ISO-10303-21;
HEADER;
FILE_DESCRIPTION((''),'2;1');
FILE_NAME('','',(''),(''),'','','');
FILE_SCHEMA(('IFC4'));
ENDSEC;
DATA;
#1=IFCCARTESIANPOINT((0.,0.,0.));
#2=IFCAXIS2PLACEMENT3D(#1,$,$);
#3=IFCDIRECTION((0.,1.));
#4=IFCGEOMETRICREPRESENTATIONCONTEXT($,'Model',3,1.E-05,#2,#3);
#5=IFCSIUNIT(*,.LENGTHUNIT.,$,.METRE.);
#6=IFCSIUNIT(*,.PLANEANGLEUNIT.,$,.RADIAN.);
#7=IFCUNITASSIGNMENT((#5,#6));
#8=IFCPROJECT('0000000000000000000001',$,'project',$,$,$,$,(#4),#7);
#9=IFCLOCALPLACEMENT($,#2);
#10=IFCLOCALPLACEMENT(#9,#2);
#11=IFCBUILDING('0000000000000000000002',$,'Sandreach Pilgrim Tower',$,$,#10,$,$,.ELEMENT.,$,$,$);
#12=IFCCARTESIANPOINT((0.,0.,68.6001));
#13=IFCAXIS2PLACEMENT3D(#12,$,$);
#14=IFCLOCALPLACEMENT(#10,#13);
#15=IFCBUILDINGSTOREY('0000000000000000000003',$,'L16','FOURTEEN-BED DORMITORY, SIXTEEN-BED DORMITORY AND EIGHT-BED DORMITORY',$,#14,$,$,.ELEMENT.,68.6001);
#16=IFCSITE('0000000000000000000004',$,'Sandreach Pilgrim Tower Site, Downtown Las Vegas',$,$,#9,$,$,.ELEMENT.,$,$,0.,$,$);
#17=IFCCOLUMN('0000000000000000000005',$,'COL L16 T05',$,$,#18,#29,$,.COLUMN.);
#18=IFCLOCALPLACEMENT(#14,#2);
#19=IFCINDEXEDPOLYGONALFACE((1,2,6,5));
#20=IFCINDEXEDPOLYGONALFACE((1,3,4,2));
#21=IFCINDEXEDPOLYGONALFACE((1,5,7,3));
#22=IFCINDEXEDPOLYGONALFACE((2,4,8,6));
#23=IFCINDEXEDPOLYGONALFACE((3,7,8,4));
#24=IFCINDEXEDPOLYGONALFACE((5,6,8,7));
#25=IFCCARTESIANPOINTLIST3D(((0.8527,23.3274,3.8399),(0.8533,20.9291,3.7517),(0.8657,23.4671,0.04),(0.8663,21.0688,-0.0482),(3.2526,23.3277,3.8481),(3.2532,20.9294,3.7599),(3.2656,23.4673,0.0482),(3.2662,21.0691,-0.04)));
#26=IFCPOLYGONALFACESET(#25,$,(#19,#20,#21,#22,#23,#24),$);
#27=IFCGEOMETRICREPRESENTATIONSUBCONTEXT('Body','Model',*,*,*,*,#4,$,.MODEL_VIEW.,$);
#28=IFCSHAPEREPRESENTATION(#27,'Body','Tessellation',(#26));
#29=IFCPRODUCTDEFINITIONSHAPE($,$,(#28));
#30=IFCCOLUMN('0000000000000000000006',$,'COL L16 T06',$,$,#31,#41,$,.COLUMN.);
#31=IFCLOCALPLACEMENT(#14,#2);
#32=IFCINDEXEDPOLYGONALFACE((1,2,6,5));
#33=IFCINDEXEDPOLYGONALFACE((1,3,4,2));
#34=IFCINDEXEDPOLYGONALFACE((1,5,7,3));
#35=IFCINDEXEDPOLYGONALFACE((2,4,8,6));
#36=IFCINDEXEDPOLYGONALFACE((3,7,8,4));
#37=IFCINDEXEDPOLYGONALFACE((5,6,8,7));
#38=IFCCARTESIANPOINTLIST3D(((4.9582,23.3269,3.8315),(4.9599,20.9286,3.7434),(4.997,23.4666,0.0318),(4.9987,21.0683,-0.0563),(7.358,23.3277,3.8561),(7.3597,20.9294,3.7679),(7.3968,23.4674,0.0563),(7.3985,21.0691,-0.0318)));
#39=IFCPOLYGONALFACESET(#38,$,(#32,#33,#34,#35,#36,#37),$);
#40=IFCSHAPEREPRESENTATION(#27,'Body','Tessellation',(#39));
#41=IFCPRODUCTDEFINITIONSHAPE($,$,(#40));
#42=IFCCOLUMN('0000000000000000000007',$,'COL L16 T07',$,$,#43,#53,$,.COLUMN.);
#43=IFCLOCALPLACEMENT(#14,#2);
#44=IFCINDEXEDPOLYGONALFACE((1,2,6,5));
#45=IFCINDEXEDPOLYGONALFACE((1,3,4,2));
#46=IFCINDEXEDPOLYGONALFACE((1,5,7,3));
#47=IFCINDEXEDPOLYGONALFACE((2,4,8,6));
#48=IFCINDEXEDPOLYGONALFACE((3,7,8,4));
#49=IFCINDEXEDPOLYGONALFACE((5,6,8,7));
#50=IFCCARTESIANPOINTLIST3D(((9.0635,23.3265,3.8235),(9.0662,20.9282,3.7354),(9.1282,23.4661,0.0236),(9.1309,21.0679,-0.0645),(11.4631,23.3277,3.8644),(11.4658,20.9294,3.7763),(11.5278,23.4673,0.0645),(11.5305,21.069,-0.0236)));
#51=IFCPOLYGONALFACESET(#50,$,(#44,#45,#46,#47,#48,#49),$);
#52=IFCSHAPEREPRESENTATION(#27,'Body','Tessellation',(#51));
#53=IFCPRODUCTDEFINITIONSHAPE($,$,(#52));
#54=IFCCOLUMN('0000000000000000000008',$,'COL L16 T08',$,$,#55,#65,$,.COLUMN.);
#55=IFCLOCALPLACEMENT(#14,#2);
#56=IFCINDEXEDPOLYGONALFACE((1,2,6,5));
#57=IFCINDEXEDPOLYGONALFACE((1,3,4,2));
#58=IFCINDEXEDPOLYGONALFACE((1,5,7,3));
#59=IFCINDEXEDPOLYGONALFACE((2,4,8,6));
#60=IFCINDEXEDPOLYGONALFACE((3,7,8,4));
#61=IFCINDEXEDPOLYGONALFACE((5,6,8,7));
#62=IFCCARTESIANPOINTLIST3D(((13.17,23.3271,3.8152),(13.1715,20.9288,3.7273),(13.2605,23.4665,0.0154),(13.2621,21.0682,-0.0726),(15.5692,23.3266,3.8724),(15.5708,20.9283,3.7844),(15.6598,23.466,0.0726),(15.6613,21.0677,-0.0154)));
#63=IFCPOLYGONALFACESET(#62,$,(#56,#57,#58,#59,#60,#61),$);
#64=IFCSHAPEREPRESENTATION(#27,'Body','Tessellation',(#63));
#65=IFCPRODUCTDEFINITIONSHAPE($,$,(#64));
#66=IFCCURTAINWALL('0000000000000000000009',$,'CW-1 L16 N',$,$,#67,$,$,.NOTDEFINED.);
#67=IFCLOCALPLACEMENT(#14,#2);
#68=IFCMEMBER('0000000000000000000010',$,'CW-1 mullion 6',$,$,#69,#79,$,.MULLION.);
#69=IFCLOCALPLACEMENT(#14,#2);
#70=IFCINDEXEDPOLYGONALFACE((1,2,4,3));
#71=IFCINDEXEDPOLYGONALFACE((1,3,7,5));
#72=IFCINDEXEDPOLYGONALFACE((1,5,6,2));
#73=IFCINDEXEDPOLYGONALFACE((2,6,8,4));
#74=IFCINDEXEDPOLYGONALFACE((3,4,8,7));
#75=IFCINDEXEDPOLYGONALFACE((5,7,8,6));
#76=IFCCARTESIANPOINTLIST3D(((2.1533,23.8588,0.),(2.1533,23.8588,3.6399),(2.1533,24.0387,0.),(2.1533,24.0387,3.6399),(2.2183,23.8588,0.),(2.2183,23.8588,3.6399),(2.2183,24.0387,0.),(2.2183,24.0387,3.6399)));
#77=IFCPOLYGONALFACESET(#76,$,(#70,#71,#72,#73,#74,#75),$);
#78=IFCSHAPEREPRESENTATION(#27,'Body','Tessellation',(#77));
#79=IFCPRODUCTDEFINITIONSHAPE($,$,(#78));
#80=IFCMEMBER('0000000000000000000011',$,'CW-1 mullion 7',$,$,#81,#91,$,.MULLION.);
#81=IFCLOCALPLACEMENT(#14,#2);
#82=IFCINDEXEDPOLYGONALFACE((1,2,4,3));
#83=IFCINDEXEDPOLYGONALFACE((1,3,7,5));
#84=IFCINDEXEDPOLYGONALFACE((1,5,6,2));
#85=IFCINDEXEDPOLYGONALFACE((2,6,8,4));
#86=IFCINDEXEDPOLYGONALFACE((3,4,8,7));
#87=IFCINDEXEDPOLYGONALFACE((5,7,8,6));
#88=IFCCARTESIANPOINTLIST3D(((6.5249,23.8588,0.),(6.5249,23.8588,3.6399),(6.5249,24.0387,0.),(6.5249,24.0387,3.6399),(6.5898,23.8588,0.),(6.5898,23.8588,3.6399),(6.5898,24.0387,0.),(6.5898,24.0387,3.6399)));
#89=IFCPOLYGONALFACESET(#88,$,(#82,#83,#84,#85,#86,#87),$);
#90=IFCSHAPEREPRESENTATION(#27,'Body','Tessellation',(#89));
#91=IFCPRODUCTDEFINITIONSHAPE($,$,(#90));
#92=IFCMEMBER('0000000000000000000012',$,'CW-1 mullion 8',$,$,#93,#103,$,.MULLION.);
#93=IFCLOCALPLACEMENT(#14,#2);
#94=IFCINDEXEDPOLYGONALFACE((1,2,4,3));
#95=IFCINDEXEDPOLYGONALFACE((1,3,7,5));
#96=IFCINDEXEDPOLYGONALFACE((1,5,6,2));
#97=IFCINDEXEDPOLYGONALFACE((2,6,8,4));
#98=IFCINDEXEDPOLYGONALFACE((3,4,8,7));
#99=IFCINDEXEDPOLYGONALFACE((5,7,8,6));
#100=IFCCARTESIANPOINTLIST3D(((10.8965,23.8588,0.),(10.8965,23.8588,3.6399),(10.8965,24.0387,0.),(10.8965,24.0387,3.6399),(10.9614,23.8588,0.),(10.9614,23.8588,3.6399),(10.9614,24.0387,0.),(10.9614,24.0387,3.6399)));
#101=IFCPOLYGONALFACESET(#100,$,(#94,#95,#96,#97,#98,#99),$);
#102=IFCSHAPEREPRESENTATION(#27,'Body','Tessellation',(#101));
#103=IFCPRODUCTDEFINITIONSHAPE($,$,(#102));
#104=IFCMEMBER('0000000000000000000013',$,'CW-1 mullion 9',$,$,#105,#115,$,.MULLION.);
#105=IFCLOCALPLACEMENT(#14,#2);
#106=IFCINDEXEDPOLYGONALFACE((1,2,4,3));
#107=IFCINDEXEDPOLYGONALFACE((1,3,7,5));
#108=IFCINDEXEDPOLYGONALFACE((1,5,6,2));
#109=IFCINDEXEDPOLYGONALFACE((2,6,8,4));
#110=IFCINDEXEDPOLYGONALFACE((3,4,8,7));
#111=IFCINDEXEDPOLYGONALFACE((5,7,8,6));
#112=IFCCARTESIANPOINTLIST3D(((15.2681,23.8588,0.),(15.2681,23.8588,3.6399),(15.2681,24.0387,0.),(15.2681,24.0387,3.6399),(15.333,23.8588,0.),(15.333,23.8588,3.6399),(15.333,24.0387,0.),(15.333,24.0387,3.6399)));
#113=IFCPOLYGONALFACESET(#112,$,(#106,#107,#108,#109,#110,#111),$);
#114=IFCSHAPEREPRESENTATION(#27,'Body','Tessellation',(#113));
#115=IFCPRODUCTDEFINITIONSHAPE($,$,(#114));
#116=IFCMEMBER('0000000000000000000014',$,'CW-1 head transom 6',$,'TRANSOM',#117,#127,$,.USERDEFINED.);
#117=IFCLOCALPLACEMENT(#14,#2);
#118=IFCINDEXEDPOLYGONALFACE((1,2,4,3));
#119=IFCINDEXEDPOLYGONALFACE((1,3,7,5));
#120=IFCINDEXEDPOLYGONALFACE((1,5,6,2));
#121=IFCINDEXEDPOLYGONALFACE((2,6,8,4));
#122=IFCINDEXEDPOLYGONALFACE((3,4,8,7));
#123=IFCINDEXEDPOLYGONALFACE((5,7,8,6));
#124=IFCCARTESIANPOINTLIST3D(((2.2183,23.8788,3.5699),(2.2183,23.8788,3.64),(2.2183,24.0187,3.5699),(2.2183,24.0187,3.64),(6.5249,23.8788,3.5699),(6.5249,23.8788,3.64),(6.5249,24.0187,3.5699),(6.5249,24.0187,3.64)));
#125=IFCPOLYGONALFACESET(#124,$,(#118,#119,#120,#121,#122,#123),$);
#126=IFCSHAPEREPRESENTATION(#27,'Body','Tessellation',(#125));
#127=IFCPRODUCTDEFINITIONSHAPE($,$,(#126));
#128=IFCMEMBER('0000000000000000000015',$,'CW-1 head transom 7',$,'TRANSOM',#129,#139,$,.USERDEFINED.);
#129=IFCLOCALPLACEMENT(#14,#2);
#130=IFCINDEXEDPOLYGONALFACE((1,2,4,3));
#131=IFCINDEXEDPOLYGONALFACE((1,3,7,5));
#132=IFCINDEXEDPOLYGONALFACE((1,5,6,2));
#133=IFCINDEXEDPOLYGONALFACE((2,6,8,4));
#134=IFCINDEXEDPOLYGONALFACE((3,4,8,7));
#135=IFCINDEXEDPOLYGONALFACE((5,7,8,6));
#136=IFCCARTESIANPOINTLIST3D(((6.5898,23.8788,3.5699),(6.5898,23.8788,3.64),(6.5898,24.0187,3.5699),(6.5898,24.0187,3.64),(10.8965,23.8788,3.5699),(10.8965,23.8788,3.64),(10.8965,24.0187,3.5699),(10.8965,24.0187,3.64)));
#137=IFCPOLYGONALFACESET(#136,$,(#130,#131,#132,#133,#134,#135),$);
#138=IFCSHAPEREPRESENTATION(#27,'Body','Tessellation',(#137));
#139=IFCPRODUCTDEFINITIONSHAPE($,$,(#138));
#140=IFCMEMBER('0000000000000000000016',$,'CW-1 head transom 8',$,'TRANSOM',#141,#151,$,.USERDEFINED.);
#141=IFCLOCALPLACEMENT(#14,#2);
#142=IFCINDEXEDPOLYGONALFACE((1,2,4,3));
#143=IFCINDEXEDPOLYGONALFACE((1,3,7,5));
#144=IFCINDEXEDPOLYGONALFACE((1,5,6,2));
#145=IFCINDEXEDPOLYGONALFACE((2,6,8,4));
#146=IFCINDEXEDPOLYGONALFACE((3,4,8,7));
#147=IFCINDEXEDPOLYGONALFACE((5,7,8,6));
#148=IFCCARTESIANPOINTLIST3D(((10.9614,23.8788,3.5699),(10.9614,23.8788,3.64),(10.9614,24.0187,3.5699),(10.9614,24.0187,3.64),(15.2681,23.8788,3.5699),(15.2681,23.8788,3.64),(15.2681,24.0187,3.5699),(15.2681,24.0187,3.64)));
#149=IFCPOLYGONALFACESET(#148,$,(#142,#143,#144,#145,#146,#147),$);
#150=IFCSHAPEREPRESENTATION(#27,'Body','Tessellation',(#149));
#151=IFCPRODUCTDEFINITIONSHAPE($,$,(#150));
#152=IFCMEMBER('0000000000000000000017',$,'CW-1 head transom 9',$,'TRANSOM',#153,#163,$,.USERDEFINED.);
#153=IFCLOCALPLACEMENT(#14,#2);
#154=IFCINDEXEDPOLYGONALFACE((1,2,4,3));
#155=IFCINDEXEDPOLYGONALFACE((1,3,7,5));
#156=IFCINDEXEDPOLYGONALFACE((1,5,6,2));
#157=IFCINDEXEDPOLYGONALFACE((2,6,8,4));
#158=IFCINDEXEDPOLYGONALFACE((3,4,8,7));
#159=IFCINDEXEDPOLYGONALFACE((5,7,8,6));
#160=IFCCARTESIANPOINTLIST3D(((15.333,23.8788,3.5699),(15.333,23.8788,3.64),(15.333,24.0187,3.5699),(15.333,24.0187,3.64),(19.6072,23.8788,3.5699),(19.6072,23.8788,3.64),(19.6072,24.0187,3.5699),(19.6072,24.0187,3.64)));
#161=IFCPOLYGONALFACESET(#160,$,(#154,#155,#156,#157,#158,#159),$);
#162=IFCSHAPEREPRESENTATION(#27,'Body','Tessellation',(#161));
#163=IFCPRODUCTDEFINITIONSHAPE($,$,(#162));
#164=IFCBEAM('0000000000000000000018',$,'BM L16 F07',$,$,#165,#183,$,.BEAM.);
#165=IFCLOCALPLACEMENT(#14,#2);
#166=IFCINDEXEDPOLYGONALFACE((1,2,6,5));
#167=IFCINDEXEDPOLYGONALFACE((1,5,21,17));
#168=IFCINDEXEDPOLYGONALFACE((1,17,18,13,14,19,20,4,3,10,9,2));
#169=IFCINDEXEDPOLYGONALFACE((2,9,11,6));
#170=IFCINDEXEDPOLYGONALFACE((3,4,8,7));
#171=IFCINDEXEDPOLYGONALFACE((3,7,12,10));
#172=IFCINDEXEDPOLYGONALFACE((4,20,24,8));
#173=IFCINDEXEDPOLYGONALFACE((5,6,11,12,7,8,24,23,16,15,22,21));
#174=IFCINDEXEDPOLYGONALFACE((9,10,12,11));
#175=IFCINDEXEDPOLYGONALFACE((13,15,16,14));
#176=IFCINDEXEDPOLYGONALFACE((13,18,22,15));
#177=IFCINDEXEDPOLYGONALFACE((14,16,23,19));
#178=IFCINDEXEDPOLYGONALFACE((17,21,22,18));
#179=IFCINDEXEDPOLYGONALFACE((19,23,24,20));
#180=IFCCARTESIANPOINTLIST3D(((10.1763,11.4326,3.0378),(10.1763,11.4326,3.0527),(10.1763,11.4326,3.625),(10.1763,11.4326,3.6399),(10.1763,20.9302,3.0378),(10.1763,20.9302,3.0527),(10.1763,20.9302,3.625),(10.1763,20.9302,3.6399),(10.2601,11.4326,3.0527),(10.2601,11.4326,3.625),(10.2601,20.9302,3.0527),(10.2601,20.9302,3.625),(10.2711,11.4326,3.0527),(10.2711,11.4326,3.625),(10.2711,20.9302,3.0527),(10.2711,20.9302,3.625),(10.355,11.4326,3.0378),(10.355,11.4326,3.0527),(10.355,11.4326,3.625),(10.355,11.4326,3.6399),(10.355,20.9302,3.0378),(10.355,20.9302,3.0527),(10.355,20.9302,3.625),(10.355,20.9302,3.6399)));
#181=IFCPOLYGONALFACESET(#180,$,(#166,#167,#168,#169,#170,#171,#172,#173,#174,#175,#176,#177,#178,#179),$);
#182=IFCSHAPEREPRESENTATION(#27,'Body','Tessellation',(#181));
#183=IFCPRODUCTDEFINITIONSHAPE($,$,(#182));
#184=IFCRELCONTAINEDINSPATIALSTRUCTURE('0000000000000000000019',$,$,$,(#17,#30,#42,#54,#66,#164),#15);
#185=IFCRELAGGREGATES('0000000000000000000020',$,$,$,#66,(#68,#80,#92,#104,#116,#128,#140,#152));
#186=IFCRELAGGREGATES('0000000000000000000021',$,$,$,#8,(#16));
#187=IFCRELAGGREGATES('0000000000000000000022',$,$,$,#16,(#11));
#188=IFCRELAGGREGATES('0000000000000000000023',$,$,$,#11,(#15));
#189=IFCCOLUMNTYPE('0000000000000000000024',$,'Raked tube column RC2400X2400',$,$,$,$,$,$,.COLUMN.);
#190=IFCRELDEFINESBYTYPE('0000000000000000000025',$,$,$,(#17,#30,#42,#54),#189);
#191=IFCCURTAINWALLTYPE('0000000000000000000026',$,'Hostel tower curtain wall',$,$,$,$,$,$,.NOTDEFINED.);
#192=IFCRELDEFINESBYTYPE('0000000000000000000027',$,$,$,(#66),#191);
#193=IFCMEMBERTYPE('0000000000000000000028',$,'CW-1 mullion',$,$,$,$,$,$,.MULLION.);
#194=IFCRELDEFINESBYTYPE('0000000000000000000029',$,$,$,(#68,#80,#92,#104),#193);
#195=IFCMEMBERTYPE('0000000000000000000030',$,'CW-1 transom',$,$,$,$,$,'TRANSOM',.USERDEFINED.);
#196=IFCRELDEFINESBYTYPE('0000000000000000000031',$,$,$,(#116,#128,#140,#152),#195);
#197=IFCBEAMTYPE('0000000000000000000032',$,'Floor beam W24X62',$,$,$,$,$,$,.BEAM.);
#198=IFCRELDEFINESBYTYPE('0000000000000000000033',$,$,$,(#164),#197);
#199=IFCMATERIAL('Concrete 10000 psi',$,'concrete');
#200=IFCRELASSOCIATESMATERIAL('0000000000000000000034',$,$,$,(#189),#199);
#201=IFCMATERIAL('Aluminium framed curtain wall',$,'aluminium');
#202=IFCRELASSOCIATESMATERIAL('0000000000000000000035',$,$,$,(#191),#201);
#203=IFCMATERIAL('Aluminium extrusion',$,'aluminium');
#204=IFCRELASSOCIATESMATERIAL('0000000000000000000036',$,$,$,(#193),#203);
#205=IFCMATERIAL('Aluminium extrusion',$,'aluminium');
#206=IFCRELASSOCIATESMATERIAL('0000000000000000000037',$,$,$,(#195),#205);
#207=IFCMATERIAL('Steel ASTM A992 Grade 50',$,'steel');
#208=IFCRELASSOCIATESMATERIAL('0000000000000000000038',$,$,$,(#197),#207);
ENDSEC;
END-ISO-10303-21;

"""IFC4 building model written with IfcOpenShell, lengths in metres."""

from ifc_helpers import new_model, si_unit, direction, frame, origin, origin_2d, place, context, subcontext, project, spatial, rectangle, i_section, extrude, material, material_profile, profile_set, type_object, element, aggregate, save


model = new_model("IFC4")

# Units and contexts
model_context = context("Model", 3, precision=1e-05, world=origin(), true_north=direction((0.0, 1.0)))
body_context = subcontext(model_context, "Body", "Model", "MODEL_VIEW")
ifc_project = project(units=[si_unit("LENGTHUNIT", "METRE"), si_unit("PLANEANGLEUNIT", "RADIAN")], contexts=[model_context])

# Site, building, storey
site_placement = place(None, origin())
site = spatial("IfcSite", under=ifc_project, at=site_placement, Name="Sandreach Pilgrim Tower Site, Downtown Las Vegas", CompositionType="ELEMENT", RefElevation=0.0)
building_placement = place(site_placement, origin())
building = spatial("IfcBuilding", under=site, at=building_placement, Name="Sandreach Pilgrim Tower", CompositionType="ELEMENT")
storey_placement = place(building_placement, frame((0.0, 0.0, 68.6001)))
storey = spatial("IfcBuildingStorey", under=building, at=storey_placement, Name="L16", Description="FOURTEEN-BED DORMITORY, SIXTEEN-BED DORMITORY AND EIGHT-BED DORMITORY", CompositionType="ELEMENT", Elevation=68.6001)

# Columns
ifc_material_1 = material(Name="Concrete 10000 psi", Category="concrete")
ifc_material_profile_1 = material_profile(ifc_material_1, rectangle(XDim=2.3999, YDim=2.3999, at=origin_2d()), Name="RC2400X2400")
ifc_profile_set_1 = profile_set([ifc_material_profile_1], Name="Concrete 10000 psi")
column_type = type_object("IfcColumnType", Name="Raked tube column RC2400X2400", PredefinedType="COLUMN", material=ifc_profile_set_1)
for number, where, z_axis, x_axis, name in (
    (1, (2.0659, 22.2681, 0.0), (-0.003403, -0.036726, 0.99932), (-0.000242, 0.999325, 0.036726), "COL L16 T05"),
    (2, (6.1978, 22.2678, 0.0), (-0.010208, -0.036725, 0.999273), (-0.000705, 0.999325, 0.036719), "COL L16 T06"),
):
    element("IfcColumn", number, at=place(storey_placement, frame(where, z_axis=z_axis, x_axis=x_axis)), inside=storey, type_object=column_type, Name=name, PredefinedType="COLUMN", context=body_context, shape_type="SweptSolid", body=[
        extrude(rectangle(XDim=2.3999, YDim=2.3999, at=origin_2d()), origin(), (0.0, 0.0, 1.0), 3.8025),
    ])
column_1_placement = place(storey_placement, frame((10.3293, 22.2676, 0.0), z_axis=(-0.017013, -0.036721, 0.999181), x_axis=(-0.001112, 0.999325, 0.036708)))
element("IfcColumn", 3, at=column_1_placement, inside=storey, type_object=column_type, Name="COL L16 T07", PredefinedType="COLUMN", context=body_context, shape_type="SweptSolid", body=[
    extrude(rectangle(XDim=2.3999, YDim=2.3999, at=origin_2d()), origin(), (0.0, 0.0, 1.0), 3.803),
])
column_2_placement = place(storey_placement, frame((14.4609, 22.2671, 0.0), z_axis=(-0.023814, -0.036652, 0.999044), x_axis=(-0.000658, 0.999328, 0.036647)))
element("IfcColumn", 4, at=column_2_placement, inside=storey, type_object=column_type, Name="COL L16 T08", PredefinedType="COLUMN", context=body_context, shape_type="SweptSolid", body=[
    extrude(rectangle(XDim=2.3999, YDim=2.3999, at=origin_2d()), origin(), (0.0, 0.0, 1.0), 3.8035),
])

# Curtain wall, members
ifc_material_2 = material(Name="Aluminium framed curtain wall", Category="aluminium")
curtain_wall_type = type_object("IfcCurtainWallType", Name="Hostel tower curtain wall", PredefinedType="NOTDEFINED", material=ifc_material_2)
curtain_wall_placement = place(storey_placement, origin())
curtain_wall = element("IfcCurtainWall", 5, at=curtain_wall_placement, inside=storey, type_object=curtain_wall_type, Name="CW-1 L16 N", PredefinedType="NOTDEFINED")
ifc_material_3 = material(Name="Aluminium extrusion", Category="aluminium")
ifc_material_profile_2 = material_profile(ifc_material_3, rectangle(XDim=0.0649, YDim=0.1799, at=origin_2d()), Name="CW-1M 65X180")
ifc_profile_set_2 = profile_set([ifc_material_profile_2], Name="Aluminium extrusion")
member_type_1 = type_object("IfcMemberType", Name="CW-1 mullion", PredefinedType="MULLION", material=ifc_profile_set_2)
member_1_placement = place(storey_placement, frame((2.1858, 23.9487, 0.0), z_axis=(0.0, 0.0, 1.0), x_axis=(1.0, 0.0, 0.0)))
member_1 = element("IfcMember", 6, at=member_1_placement, type_object=member_type_1, Name="CW-1 mullion 6", PredefinedType="MULLION", context=body_context, shape_type="SweptSolid", body=[
    extrude(rectangle(XDim=0.0649, YDim=0.1799, at=origin_2d()), origin(), (0.0, 0.0, 1.0), 3.6399),
])
member_2_placement = place(storey_placement, frame((6.5574, 23.9487, 0.0), z_axis=(0.0, 0.0, 1.0), x_axis=(1.0, 0.0, 0.0)))
member_2 = element("IfcMember", 7, at=member_2_placement, type_object=member_type_1, Name="CW-1 mullion 7", PredefinedType="MULLION", context=body_context, shape_type="SweptSolid", body=[
    extrude(rectangle(XDim=0.0649, YDim=0.1799, at=origin_2d()), origin(), (0.0, 0.0, 1.0), 3.6399),
])
member_3_placement = place(storey_placement, frame((10.929, 23.9487, 0.0), z_axis=(0.0, 0.0, 1.0), x_axis=(1.0, 0.0, 0.0)))
member_3 = element("IfcMember", 8, at=member_3_placement, type_object=member_type_1, Name="CW-1 mullion 8", PredefinedType="MULLION", context=body_context, shape_type="SweptSolid", body=[
    extrude(rectangle(XDim=0.0649, YDim=0.1799, at=origin_2d()), origin(), (0.0, 0.0, 1.0), 3.6399),
])
member_4_placement = place(storey_placement, frame((15.3005, 23.9487, 0.0), z_axis=(0.0, 0.0, 1.0), x_axis=(1.0, 0.0, 0.0)))
member_4 = element("IfcMember", 9, at=member_4_placement, type_object=member_type_1, Name="CW-1 mullion 9", PredefinedType="MULLION", context=body_context, shape_type="SweptSolid", body=[
    extrude(rectangle(XDim=0.0649, YDim=0.1799, at=origin_2d()), origin(), (0.0, 0.0, 1.0), 3.6399),
])
ifc_material_4 = material(Name="Aluminium extrusion", Category="aluminium")
ifc_material_profile_3 = material_profile(ifc_material_4, rectangle(XDim=0.1399, YDim=0.0701, at=origin_2d()), Name="CW-1T 140X70")
ifc_profile_set_3 = profile_set([ifc_material_profile_3], Name="Aluminium extrusion")
member_type_2 = type_object("IfcMemberType", Name="CW-1 transom", ElementType="TRANSOM", PredefinedType="USERDEFINED", material=ifc_profile_set_3)
member_5_placement = place(storey_placement, frame((2.2183, 23.9487, 3.605), z_axis=(1.0, 0.0, 0.0), x_axis=(0.0, 1.0, 0.0)))
member_5 = element("IfcMember", 10, at=member_5_placement, type_object=member_type_2, Name="CW-1 head transom 6", ObjectType="TRANSOM", PredefinedType="USERDEFINED", context=body_context, shape_type="SweptSolid", body=[
    extrude(rectangle(XDim=0.1399, YDim=0.0701, at=origin_2d()), origin(), (0.0, 0.0, 1.0), 4.3066),
])
member_6_placement = place(storey_placement, frame((6.5898, 23.9487, 3.605), z_axis=(1.0, 0.0, 0.0), x_axis=(0.0, 1.0, 0.0)))
member_6 = element("IfcMember", 11, at=member_6_placement, type_object=member_type_2, Name="CW-1 head transom 7", ObjectType="TRANSOM", PredefinedType="USERDEFINED", context=body_context, shape_type="SweptSolid", body=[
    extrude(rectangle(XDim=0.1399, YDim=0.0701, at=origin_2d()), origin(), (0.0, 0.0, 1.0), 4.3066),
])
member_7_placement = place(storey_placement, frame((10.9614, 23.9487, 3.605), z_axis=(1.0, 0.0, 0.0), x_axis=(0.0, 1.0, 0.0)))
member_7 = element("IfcMember", 12, at=member_7_placement, type_object=member_type_2, Name="CW-1 head transom 8", ObjectType="TRANSOM", PredefinedType="USERDEFINED", context=body_context, shape_type="SweptSolid", body=[
    extrude(rectangle(XDim=0.1399, YDim=0.0701, at=origin_2d()), origin(), (0.0, 0.0, 1.0), 4.3066),
])
member_8_placement = place(storey_placement, frame((15.333, 23.9487, 3.605), z_axis=(1.0, 0.0, 0.0), x_axis=(0.0, 1.0, 0.0)))
member_8 = element("IfcMember", 13, at=member_8_placement, type_object=member_type_2, Name="CW-1 head transom 9", ObjectType="TRANSOM", PredefinedType="USERDEFINED", context=body_context, shape_type="SweptSolid", body=[
    extrude(rectangle(XDim=0.1399, YDim=0.0701, at=origin_2d()), origin(), (0.0, 0.0, 1.0), 4.2742),
])

# Beam
ifc_material_5 = material(Name="Steel ASTM A992 Grade 50", Category="steel")
ifc_material_profile_4 = material_profile(ifc_material_5, i_section(OverallWidth=0.1787, OverallDepth=0.6021, WebThickness=0.011, FlangeThickness=0.0149, at=origin_2d()), Name="W24X62")
ifc_profile_set_4 = profile_set([ifc_material_profile_4], Name="Steel ASTM A992 Grade 50")
beam_type_1 = type_object("IfcBeamType", Name="Floor beam W24X62", PredefinedType="BEAM", material=ifc_profile_set_4)
beam_1_placement = place(storey_placement, frame((10.2656, 20.9302, 3.3389), z_axis=(0.0, -1.0, 0.0), x_axis=(1.0, 0.0, 0.0)))
element("IfcBeam", 14, at=beam_1_placement, inside=storey, type_object=beam_type_1, Name="BM L16 F07", PredefinedType="BEAM", context=body_context, shape_type="SweptSolid", body=[
    extrude(i_section(OverallWidth=0.1787, OverallDepth=0.6021, WebThickness=0.011, FlangeThickness=0.0149, at=origin_2d()), origin(), (0.0, 0.0, 1.0), 9.4976),
])

aggregate(curtain_wall, [member_1, member_2, member_3, member_4, member_5, member_6, member_7, member_8])

save(model, "model.ifc")
